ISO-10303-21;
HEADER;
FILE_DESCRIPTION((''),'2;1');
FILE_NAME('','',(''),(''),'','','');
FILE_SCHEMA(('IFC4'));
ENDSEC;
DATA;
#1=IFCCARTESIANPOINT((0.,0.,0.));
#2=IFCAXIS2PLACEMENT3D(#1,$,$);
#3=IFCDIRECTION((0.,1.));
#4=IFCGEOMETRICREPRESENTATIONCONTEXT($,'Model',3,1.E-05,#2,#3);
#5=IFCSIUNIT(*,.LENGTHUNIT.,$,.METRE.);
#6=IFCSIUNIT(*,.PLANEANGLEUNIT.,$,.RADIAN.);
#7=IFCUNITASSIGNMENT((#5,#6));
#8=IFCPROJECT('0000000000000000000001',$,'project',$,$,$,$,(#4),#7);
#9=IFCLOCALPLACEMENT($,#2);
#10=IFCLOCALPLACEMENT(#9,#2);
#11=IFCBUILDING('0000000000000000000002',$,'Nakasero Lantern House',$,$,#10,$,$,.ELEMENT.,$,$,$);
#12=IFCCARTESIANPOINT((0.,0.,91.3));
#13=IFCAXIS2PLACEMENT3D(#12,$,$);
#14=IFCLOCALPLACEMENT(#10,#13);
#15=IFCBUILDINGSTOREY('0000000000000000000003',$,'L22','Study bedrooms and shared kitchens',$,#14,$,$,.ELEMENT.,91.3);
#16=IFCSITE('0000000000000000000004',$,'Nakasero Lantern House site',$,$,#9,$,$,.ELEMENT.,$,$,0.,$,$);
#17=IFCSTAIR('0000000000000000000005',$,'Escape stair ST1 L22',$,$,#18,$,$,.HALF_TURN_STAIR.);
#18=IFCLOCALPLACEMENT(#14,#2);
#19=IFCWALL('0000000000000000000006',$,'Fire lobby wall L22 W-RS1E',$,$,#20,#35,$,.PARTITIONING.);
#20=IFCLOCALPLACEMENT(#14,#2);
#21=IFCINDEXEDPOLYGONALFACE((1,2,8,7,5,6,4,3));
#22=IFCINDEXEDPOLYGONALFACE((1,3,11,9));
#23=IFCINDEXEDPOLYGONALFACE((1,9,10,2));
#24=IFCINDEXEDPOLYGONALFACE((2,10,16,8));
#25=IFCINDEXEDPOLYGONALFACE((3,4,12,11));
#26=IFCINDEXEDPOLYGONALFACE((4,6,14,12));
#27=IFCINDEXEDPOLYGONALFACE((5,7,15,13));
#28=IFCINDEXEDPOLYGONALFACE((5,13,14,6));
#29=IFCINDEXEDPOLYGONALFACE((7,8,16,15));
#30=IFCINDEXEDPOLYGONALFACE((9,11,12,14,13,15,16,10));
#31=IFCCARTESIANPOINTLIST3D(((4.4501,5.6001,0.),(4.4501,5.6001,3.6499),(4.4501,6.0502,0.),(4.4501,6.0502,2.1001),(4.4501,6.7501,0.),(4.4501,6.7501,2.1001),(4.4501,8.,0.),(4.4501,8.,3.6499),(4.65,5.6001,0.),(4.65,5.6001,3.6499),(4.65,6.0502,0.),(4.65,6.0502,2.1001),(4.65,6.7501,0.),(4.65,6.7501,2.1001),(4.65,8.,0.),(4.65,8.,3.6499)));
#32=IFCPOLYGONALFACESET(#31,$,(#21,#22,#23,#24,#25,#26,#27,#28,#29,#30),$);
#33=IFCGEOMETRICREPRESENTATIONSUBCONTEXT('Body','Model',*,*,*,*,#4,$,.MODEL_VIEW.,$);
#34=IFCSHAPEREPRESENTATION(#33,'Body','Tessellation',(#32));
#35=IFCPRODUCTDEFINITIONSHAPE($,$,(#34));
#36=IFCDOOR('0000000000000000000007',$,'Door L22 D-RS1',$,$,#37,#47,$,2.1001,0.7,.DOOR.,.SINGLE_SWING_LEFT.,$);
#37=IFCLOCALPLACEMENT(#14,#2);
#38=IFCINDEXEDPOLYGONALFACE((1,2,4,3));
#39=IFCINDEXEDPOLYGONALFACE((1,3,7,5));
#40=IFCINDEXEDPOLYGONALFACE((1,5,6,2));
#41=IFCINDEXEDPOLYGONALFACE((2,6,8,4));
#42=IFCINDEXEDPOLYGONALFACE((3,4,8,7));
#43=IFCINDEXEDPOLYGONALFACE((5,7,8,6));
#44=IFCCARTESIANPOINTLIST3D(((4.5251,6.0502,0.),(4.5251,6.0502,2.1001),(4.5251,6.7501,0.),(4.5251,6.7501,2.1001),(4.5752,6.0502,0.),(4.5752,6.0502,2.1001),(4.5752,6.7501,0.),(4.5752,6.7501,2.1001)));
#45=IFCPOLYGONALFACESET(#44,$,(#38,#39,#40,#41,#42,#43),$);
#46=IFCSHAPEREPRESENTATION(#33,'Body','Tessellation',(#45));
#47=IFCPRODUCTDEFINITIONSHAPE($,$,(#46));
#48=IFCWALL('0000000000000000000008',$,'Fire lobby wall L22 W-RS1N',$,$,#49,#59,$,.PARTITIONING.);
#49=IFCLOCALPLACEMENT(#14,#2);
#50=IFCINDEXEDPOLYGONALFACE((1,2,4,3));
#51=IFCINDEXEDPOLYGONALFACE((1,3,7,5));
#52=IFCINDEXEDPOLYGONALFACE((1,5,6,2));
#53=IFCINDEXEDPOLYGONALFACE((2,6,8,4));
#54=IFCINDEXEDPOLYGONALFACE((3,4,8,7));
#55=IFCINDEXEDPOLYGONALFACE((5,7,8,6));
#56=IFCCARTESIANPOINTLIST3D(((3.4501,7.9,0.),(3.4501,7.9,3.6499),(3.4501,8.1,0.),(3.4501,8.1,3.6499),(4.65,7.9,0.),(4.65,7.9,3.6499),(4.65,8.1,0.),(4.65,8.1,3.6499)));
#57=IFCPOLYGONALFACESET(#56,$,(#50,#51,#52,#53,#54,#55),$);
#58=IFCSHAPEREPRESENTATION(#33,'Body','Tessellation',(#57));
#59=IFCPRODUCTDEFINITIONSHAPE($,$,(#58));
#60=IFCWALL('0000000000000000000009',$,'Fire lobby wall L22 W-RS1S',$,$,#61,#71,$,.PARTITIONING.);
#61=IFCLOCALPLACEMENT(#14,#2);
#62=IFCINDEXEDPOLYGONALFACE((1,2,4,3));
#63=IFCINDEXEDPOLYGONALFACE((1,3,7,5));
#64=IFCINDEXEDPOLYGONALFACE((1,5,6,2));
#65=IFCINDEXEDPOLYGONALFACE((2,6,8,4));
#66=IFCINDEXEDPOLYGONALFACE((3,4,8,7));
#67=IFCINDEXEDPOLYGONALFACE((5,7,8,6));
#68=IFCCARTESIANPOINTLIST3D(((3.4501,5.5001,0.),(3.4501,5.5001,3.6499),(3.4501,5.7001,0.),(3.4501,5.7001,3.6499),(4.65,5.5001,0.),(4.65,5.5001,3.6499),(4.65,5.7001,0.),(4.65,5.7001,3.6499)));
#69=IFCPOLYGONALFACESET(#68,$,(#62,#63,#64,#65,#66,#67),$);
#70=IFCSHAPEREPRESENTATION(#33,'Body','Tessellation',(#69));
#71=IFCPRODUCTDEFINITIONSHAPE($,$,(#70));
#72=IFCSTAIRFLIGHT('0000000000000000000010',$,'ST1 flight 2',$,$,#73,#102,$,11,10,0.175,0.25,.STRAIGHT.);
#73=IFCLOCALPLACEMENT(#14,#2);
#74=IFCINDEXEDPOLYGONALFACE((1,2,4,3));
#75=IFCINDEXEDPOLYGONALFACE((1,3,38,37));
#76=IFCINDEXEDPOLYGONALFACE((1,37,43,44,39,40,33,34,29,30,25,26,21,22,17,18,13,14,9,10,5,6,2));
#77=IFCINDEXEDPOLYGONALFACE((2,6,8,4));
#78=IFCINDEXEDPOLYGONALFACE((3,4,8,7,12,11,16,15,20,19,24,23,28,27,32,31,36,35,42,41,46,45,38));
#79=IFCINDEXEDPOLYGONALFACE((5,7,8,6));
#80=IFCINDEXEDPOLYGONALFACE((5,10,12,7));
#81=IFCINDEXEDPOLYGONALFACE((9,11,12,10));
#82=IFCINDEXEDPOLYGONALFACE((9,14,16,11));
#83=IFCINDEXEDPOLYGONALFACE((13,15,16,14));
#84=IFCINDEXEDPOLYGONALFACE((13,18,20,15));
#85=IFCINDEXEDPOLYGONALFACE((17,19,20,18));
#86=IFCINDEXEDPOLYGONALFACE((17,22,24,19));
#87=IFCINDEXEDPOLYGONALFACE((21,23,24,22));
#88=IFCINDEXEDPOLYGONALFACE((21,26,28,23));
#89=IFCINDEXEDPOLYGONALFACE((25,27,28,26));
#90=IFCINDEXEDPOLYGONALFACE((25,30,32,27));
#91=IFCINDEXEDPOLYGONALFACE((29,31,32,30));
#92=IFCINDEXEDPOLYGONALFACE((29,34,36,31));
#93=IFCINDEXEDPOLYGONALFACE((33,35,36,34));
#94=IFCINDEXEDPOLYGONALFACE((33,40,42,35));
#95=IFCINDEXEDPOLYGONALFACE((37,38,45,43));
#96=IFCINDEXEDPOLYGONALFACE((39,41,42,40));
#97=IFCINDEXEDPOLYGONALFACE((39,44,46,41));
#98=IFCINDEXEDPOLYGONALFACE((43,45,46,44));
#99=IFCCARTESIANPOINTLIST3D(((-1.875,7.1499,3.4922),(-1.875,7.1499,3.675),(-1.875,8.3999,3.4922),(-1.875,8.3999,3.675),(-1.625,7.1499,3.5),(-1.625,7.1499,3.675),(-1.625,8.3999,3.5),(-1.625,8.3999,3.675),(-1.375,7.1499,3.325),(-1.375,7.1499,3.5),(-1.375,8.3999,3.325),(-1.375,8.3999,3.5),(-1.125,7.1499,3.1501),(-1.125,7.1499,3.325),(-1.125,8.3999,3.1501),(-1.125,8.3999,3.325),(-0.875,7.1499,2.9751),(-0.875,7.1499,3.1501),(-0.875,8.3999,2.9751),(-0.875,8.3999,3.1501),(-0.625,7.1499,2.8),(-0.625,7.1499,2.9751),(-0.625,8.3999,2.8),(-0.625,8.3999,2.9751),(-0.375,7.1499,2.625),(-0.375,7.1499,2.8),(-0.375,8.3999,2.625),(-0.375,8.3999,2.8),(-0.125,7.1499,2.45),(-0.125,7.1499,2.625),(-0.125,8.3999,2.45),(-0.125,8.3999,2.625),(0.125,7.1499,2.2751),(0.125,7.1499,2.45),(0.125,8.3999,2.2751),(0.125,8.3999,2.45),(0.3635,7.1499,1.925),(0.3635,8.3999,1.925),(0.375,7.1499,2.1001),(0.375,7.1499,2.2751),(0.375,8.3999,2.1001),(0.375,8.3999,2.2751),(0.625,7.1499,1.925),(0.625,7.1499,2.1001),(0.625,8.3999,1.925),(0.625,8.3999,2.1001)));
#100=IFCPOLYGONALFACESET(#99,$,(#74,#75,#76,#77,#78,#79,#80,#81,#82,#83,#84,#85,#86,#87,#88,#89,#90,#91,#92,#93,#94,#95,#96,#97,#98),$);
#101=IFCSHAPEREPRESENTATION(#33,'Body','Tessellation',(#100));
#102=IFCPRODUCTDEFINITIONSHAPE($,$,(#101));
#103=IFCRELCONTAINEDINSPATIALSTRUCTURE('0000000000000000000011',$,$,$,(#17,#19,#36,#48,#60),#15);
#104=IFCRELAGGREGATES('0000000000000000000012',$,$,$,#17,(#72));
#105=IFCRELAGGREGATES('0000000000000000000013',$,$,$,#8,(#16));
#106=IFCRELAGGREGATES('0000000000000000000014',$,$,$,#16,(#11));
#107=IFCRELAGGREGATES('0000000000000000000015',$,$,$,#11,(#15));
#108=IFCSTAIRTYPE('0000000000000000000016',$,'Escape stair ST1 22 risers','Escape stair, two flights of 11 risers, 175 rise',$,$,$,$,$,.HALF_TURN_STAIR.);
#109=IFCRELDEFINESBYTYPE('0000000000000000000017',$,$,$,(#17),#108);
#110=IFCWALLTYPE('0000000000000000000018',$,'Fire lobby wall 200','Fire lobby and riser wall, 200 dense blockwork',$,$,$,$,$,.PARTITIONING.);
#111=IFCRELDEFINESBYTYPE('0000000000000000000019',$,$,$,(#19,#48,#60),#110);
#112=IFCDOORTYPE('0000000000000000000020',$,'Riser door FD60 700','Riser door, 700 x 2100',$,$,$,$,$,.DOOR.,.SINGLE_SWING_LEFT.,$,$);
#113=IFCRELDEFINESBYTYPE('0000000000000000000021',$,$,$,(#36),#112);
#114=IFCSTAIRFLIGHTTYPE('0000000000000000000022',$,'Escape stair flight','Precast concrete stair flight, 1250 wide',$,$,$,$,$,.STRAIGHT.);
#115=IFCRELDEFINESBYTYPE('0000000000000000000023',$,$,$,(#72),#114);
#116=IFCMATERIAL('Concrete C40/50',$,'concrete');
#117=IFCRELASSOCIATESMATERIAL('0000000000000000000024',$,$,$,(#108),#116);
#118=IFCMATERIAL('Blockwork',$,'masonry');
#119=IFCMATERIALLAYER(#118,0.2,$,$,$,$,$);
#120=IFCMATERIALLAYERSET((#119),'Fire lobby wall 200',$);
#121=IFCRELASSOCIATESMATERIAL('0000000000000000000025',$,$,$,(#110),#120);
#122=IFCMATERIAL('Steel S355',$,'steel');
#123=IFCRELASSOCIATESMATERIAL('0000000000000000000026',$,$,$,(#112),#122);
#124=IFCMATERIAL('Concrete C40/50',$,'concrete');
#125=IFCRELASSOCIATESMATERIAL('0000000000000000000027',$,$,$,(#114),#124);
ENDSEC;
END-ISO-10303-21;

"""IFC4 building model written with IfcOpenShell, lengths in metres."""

from ifc_helpers import new_model, si_unit, direction, frame, frame_2d, origin, place, context, subcontext, project, spatial, polyline, rectangle, outline, extrude, material, layer, layer_set, type_object, element, fill, aggregate, save


model = new_model("IFC4")

# Units and contexts
model_context = context("Model", 3, precision=1e-05, world=origin(), true_north=direction((0.0, 1.0)))
body_context = subcontext(model_context, "Body", "Model", "MODEL_VIEW")
ifc_project = project(units=[si_unit("LENGTHUNIT", "METRE"), si_unit("PLANEANGLEUNIT", "RADIAN")], contexts=[model_context])

# Site, building, storey
site_placement = place(None, origin())
site = spatial("IfcSite", under=ifc_project, at=site_placement, Name="Nakasero Lantern House site", CompositionType="ELEMENT", RefElevation=0.0)
building_placement = place(site_placement, origin())
building = spatial("IfcBuilding", under=site, at=building_placement, Name="Nakasero Lantern House", CompositionType="ELEMENT")
storey_placement = place(building_placement, frame((0.0, 0.0, 91.3)))
storey = spatial("IfcBuildingStorey", under=building, at=storey_placement, Name="L22", Description="Study bedrooms and shared kitchens", CompositionType="ELEMENT", Elevation=91.3)

# Stair
ifc_material_1 = material(Name="Concrete C40/50", Category="concrete")
stair_type_1 = type_object("IfcStairType", Name="Escape stair ST1 22 risers", Description="Escape stair, two flights of 11 risers, 175 rise", PredefinedType="HALF_TURN_STAIR", material=ifc_material_1)
stair_1_placement = place(storey_placement, origin())
stair_1 = element("IfcStair", 1, at=stair_1_placement, inside=storey, type_object=stair_type_1, Name="Escape stair ST1 L22", PredefinedType="HALF_TURN_STAIR")

# Wall, opening, door
ifc_material_2 = material(Name="Blockwork", Category="masonry")
ifc_layer_1 = layer(ifc_material_2, 0.2)
ifc_layer_set_1 = layer_set([ifc_layer_1], Name="Fire lobby wall 200")
wall_type_1 = type_object("IfcWallType", Name="Fire lobby wall 200", Description="Fire lobby and riser wall, 200 dense blockwork", PredefinedType="PARTITIONING", material=ifc_layer_set_1)
wall_1_placement = place(storey_placement, frame((4.55, 5.6001, 0.0), z_axis=(0.0, 0.0, 1.0), x_axis=(0.0, 1.0, 0.0)))
wall_1 = element("IfcWall", 2, at=wall_1_placement, inside=storey, type_object=wall_type_1, Name="Fire lobby wall L22 W-RS1E", PredefinedType="PARTITIONING", context=body_context, shape_type="SweptSolid", body=[
    extrude(rectangle(XDim=2.3999, YDim=0.2, at=frame_2d((1.2, 0.0))), origin(), (0.0, 0.0, 1.0), 3.6499),
])
opening_1_placement = place(wall_1_placement, frame((0.45, 0.0, 0.0)))
opening_1 = element("IfcOpeningElement", 3, at=opening_1_placement, cuts=wall_1, PredefinedType="OPENING", context=body_context, shape_type="SweptSolid", body=[
    extrude(rectangle(XDim=0.7, YDim=2.1001, at=frame_2d((0.3501, 1.05))), frame((0.0, 0.1199, 0.0), z_axis=(0.0, -1.0, 0.0), x_axis=(1.0, 0.0, 0.0)), (0.0, 0.0, 1.0), 0.24),
])
ifc_material_3 = material(Name="Steel S355", Category="steel")
door_type_1 = type_object("IfcDoorType", Name="Riser door FD60 700", Description="Riser door, 700 x 2100", OperationType="SINGLE_SWING_LEFT", PredefinedType="DOOR", material=ifc_material_3)
door_1_placement = place(opening_1_placement, origin())
door_1 = element("IfcDoor", 4, at=door_1_placement, inside=storey, type_object=door_type_1, Name="Door L22 D-RS1", OperationType="SINGLE_SWING_LEFT", OverallHeight=2.1001, OverallWidth=0.7, PredefinedType="DOOR", context=body_context, shape_type="SweptSolid", body=[
    extrude(rectangle(XDim=0.7, YDim=2.1001, at=frame_2d((0.3501, 1.05))), frame((0.0, 0.0249, 0.0), z_axis=(0.0, -1.0, 0.0), x_axis=(1.0, 0.0, 0.0)), (0.0, 0.0, 1.0), 0.05),
])
fill(opening_1, door_1)

# Walls
for number, where, z_axis, x_axis, name in (
    (5, (3.45, 8.0, 0.0), (0.0, 0.0, 1.0), (1.0, 0.0, 0.0), "Fire lobby wall L22 W-RS1N"),
    (6, (3.45, 5.6001, 0.0), (0.0, 0.0, 1.0), (1.0, 0.0, 0.0), "Fire lobby wall L22 W-RS1S"),
):
    element("IfcWall", number, at=place(storey_placement, frame(where, z_axis=z_axis, x_axis=x_axis)), inside=storey, type_object=wall_type_1, Name=name, PredefinedType="PARTITIONING", context=body_context, shape_type="SweptSolid", body=[
        extrude(rectangle(XDim=1.2, YDim=0.2, at=frame_2d((0.6001, 0.0))), origin(), (0.0, 0.0, 1.0), 3.6499),
    ])

# Stair flight
ifc_material_4 = material(Name="Concrete C40/50", Category="concrete")
stair_flight_type = type_object("IfcStairFlightType", Name="Escape stair flight", Description="Precast concrete stair flight, 1250 wide", PredefinedType="STRAIGHT", material=ifc_material_4)
stair_flight_placement = place(storey_placement, frame((0.625, 7.7749, 1.925), z_axis=(0.0, 0.0, 1.0), x_axis=(-1.0, 0.0, 0.0)))
stair_flight = element("IfcStairFlight", 7, at=stair_flight_placement, type_object=stair_flight_type, Name="ST1 flight 2", NumberOfRisers=11, NumberOfTreads=10, PredefinedType="STRAIGHT", RiserHeight=0.175, TreadLength=0.25, context=body_context, shape_type="SweptSolid", body=[
    extrude(outline(polyline([(0.0, 0.0), (0.0, 0.175), (0.25, 0.175), (0.25, 0.3501), (0.5, 0.3501), (0.5, 0.5249), (0.75, 0.5249), (0.75, 0.7), (1.0, 0.7), (1.0, 0.875), (1.25, 0.875), (1.25, 1.05), (1.5, 1.05), (1.5, 1.2251), (1.75, 1.2251), (1.75, 1.3999), (2.0, 1.3999), (2.0, 1.575), (2.25, 1.575), (2.25, 1.75), (2.5, 1.75), (2.5, 1.925), (2.5, 1.5671), (0.2615, 0.0), (0.0, 0.0)])), frame((0.0, 0.625, 0.0), z_axis=(0.0, -1.0, 0.0), x_axis=(1.0, 0.0, 0.0)), (0.0, 0.0, 1.0), 1.25),
])
aggregate(stair_1, [stair_flight])

save(model, "model.ifc")
